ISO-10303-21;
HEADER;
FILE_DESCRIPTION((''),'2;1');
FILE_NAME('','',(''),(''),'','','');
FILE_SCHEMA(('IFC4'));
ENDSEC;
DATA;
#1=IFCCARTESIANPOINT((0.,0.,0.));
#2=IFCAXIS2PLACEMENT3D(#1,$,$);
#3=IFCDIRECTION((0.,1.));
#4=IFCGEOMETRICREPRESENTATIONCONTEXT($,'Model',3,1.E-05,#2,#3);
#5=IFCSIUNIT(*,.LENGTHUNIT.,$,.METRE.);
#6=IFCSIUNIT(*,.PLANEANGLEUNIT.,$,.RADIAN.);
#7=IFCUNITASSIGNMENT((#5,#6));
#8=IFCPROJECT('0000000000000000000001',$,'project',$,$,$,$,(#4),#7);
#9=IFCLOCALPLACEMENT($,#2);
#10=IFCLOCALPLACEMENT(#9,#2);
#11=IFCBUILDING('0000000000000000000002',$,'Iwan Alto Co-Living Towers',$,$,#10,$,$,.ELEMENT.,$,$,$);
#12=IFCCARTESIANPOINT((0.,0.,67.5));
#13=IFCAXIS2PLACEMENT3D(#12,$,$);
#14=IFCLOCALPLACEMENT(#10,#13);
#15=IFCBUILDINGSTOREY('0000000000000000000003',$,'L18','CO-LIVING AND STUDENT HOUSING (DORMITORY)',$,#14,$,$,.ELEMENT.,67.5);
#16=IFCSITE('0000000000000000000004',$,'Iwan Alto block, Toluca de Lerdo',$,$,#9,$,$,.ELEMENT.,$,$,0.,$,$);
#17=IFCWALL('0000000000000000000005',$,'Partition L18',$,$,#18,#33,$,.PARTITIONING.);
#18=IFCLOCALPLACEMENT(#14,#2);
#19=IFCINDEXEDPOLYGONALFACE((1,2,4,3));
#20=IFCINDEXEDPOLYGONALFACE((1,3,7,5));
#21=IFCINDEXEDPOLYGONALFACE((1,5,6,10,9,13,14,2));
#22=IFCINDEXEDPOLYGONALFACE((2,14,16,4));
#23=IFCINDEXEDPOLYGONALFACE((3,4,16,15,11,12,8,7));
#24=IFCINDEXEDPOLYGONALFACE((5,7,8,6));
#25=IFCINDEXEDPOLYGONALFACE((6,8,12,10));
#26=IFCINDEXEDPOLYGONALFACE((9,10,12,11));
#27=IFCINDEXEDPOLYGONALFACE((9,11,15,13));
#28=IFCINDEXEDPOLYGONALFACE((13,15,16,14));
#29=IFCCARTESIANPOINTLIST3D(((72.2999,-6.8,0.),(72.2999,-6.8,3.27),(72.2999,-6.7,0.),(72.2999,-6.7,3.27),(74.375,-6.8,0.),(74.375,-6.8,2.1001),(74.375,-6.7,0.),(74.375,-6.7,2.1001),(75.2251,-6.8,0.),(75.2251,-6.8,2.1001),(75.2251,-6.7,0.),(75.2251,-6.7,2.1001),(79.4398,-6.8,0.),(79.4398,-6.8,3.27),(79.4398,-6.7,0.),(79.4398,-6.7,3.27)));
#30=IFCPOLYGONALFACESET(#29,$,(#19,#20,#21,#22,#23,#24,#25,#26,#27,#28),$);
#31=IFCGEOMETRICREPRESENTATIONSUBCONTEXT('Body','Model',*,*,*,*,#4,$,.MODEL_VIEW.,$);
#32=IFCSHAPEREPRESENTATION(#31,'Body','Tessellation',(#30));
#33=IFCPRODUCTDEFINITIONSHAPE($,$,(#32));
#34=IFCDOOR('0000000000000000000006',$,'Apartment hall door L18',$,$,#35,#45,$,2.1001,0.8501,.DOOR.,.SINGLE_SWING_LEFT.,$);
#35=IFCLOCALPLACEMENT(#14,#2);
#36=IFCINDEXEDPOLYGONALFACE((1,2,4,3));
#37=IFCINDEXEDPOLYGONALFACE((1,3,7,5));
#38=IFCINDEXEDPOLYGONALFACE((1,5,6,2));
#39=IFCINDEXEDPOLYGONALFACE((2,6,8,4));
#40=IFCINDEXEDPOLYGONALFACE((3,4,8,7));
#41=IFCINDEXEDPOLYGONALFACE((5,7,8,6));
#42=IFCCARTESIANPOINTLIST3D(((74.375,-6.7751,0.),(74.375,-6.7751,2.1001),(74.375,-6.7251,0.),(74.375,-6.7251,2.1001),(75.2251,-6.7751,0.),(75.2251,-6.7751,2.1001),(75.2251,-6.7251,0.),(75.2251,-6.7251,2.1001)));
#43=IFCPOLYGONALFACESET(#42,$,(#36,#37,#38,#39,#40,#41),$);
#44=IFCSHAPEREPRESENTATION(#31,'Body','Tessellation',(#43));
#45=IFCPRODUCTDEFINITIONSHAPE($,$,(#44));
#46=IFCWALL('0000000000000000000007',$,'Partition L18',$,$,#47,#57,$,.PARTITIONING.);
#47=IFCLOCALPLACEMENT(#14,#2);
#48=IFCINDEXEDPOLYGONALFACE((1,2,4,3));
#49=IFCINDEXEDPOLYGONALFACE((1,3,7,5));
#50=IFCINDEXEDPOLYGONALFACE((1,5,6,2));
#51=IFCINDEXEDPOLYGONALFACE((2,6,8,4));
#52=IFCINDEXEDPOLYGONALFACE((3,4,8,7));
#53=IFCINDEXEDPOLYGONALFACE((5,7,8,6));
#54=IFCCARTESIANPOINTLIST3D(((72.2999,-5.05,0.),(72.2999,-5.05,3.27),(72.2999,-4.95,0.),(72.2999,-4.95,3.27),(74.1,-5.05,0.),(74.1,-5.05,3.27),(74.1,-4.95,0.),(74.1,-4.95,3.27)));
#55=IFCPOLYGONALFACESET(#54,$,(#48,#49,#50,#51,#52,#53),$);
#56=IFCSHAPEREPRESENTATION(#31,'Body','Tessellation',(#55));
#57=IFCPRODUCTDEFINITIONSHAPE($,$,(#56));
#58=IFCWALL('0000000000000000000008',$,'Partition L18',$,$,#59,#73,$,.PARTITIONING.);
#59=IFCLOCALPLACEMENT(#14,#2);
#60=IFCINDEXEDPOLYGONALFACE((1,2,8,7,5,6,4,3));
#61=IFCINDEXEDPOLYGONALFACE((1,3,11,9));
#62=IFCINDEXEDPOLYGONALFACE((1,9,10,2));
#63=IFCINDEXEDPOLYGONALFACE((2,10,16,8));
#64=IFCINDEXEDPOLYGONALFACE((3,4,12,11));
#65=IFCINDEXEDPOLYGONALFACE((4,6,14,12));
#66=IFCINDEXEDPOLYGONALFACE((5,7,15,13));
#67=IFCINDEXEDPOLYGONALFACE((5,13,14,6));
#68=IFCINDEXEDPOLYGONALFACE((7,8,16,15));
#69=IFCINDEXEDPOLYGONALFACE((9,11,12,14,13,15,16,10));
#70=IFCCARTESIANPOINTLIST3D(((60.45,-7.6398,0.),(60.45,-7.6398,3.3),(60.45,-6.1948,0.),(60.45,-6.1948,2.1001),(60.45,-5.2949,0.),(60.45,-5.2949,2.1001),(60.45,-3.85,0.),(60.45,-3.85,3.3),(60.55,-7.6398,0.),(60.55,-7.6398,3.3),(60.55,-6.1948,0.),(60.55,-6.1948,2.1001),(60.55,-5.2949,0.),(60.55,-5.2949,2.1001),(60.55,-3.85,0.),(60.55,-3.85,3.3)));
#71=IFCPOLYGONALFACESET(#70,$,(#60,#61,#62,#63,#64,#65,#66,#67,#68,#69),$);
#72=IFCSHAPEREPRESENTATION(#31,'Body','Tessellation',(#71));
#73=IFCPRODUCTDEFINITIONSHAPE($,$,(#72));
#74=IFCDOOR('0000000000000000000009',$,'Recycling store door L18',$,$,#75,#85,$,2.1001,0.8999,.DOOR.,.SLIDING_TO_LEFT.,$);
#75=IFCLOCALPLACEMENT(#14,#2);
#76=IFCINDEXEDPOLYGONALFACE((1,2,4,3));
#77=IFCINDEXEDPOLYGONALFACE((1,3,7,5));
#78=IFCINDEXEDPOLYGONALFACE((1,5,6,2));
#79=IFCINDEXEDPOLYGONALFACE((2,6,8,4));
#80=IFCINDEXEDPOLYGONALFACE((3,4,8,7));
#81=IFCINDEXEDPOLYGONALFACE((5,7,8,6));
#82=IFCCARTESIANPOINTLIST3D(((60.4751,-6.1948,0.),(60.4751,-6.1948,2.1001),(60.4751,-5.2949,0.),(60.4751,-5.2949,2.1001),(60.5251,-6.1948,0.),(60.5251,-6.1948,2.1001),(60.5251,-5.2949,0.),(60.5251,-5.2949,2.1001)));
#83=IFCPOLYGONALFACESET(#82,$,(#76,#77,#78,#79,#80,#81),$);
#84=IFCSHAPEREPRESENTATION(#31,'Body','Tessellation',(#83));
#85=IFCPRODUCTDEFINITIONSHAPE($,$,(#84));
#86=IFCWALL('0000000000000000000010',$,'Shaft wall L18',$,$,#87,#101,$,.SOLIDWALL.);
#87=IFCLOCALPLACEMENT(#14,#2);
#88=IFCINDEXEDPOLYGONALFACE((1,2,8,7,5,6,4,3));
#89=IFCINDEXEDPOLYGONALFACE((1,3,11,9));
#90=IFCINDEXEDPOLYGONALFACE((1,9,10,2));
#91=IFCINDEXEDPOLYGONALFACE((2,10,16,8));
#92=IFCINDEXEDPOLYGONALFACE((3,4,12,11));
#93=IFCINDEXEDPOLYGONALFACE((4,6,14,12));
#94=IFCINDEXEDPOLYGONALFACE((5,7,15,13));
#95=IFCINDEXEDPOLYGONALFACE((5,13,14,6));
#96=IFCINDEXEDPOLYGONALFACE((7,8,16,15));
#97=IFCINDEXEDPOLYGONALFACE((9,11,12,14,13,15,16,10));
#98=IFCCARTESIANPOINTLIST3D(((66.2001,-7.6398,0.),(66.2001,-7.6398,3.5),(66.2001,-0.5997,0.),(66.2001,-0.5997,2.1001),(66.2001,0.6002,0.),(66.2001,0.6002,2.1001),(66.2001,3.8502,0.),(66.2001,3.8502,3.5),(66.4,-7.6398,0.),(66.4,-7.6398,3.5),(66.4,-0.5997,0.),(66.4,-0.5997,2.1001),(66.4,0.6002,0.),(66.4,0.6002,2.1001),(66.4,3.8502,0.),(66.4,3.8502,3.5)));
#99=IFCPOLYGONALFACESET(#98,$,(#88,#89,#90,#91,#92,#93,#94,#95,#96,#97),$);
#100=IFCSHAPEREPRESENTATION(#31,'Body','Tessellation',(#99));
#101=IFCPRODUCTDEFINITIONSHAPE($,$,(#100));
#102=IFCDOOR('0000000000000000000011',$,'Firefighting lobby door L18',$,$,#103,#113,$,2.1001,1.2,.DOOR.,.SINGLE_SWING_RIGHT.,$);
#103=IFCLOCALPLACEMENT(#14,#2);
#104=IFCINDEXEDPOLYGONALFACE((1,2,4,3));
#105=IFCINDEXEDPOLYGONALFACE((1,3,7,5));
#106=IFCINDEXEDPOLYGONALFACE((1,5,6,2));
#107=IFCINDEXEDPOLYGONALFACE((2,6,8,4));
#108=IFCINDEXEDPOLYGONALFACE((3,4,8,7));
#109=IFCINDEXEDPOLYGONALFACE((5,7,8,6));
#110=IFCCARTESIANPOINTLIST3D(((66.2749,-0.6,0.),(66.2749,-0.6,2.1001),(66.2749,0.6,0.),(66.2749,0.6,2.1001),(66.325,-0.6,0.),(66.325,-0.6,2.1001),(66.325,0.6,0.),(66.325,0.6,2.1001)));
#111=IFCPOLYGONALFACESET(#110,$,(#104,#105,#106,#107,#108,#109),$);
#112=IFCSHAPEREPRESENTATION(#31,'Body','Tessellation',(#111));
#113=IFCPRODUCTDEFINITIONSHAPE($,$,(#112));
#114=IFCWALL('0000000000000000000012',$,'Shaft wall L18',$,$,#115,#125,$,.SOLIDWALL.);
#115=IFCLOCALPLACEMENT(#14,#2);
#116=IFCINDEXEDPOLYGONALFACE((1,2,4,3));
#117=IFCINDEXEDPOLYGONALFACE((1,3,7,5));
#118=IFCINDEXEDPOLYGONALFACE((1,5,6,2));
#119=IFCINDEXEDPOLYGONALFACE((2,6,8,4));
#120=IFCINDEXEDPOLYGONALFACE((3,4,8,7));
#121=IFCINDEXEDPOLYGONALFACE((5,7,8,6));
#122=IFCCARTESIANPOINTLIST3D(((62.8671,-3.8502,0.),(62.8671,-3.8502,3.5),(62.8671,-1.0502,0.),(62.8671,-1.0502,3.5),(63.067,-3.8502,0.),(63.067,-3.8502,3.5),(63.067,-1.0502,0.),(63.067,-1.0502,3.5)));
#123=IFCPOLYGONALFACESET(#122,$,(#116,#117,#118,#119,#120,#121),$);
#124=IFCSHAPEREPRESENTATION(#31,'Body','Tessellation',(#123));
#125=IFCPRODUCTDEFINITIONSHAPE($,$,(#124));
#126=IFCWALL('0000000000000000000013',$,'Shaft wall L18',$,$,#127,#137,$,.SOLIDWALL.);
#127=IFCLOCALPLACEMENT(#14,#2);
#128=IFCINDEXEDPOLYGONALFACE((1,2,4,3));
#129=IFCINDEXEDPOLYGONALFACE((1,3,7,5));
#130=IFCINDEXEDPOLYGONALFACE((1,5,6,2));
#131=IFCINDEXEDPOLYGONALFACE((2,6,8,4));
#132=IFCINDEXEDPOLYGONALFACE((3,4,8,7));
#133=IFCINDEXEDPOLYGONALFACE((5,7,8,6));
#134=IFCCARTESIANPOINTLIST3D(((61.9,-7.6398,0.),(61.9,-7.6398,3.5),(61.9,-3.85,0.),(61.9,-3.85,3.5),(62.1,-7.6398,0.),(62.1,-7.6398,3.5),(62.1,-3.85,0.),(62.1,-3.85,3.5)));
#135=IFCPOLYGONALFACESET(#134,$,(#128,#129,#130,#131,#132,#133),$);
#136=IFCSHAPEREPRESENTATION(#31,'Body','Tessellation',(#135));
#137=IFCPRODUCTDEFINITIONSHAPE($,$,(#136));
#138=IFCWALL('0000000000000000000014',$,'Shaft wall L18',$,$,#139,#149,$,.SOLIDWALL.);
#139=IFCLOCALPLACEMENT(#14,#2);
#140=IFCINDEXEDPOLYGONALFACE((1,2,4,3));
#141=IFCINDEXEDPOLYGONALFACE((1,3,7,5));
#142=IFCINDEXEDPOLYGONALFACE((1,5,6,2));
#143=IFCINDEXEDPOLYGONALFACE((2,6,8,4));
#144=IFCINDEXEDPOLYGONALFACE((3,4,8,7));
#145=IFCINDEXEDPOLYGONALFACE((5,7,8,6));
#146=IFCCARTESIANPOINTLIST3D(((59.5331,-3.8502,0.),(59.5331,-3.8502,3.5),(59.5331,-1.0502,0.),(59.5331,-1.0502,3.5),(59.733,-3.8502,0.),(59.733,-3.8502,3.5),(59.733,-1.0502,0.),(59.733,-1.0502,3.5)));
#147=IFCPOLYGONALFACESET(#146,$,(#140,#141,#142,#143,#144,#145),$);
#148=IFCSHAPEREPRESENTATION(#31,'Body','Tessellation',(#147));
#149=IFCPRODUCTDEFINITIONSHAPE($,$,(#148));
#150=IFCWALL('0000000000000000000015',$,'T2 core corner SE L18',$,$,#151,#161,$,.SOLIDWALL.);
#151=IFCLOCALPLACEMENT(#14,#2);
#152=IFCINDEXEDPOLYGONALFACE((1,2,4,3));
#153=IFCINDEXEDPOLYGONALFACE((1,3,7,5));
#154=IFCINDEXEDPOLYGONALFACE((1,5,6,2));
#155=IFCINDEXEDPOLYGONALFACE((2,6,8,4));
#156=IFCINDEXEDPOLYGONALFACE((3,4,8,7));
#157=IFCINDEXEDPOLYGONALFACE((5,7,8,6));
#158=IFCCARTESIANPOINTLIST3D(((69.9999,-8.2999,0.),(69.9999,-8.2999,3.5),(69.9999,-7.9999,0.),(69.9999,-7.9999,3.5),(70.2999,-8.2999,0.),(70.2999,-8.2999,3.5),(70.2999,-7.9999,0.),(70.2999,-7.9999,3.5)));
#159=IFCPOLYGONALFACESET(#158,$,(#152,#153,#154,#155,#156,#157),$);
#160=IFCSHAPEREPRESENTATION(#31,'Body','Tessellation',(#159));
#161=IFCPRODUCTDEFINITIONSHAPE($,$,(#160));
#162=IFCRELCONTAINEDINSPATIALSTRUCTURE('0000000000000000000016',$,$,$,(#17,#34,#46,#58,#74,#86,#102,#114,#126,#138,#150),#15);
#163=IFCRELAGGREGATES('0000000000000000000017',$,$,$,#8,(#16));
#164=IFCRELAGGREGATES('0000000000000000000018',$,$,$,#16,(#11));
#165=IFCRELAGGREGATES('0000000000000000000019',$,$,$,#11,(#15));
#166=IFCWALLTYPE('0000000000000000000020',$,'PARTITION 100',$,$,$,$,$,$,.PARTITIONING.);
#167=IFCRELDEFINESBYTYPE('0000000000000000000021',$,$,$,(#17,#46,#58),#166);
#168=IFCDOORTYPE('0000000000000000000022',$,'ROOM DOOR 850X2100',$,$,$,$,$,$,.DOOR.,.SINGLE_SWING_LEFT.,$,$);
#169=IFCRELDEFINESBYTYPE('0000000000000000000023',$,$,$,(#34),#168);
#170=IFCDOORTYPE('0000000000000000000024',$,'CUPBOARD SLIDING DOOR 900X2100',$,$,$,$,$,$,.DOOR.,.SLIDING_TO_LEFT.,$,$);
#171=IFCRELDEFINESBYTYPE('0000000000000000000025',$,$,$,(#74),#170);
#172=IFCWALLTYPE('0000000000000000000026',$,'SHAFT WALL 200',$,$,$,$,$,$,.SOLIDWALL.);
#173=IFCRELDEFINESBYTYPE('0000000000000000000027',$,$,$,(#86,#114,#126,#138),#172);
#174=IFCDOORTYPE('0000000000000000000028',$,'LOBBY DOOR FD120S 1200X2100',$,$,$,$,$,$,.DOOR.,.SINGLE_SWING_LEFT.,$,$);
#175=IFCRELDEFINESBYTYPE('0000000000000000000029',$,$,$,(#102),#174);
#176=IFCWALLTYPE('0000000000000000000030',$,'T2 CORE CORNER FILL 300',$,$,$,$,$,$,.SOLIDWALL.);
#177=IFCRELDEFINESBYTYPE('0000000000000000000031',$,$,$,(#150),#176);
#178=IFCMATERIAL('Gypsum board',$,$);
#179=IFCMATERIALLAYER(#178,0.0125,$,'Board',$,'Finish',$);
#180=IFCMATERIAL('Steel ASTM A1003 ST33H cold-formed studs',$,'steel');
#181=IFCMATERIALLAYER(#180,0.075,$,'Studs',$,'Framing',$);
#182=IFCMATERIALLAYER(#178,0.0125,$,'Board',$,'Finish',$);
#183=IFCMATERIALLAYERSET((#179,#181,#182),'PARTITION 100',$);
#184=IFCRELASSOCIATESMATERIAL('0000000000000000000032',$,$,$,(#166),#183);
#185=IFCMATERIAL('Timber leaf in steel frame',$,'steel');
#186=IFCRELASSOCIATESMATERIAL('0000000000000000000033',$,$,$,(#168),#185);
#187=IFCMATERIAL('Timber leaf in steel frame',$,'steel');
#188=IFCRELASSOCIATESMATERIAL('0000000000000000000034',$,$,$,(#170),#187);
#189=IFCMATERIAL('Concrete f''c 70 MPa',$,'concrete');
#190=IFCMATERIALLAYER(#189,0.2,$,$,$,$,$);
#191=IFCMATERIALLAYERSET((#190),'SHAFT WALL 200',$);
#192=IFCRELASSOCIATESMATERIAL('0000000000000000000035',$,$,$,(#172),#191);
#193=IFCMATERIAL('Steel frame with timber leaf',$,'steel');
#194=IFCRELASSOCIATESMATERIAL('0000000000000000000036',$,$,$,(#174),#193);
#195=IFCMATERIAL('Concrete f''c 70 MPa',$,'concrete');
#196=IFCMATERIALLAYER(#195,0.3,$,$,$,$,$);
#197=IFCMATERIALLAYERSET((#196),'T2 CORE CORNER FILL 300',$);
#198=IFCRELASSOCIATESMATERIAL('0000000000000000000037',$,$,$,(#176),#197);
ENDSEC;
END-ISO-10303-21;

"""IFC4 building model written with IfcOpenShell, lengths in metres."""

from ifc_helpers import new_model, si_unit, direction, frame, frame_2d, origin, place, context, subcontext, project, spatial, rectangle, extrude, material, layer, layer_set, type_object, element, fill, save


model = new_model("IFC4")

# Units and contexts
model_context = context("Model", 3, precision=1e-05, world=origin(), true_north=direction((0.0, 1.0)))
body_context = subcontext(model_context, "Body", "Model", "MODEL_VIEW")
ifc_project = project(units=[si_unit("LENGTHUNIT", "METRE"), si_unit("PLANEANGLEUNIT", "RADIAN")], contexts=[model_context])

# Site, building, storey
site_placement = place(None, origin())
site = spatial("IfcSite", under=ifc_project, at=site_placement, Name="Iwan Alto block, Toluca de Lerdo", CompositionType="ELEMENT", RefElevation=0.0)
building_placement = place(site_placement, origin())
building = spatial("IfcBuilding", under=site, at=building_placement, Name="Iwan Alto Co-Living Towers", CompositionType="ELEMENT")
storey_placement = place(building_placement, frame((0.0, 0.0, 67.5)))
storey = spatial("IfcBuildingStorey", under=building, at=storey_placement, Name="L18", Description="CO-LIVING AND STUDENT HOUSING (DORMITORY)", CompositionType="ELEMENT", Elevation=67.5)

# Wall, opening, door
ifc_material_1 = material(Name="Gypsum board")
ifc_layer_1 = layer(ifc_material_1, 0.0125, Name="Board", Category="Finish")
ifc_material_2 = material(Name="Steel ASTM A1003 ST33H cold-formed studs", Category="steel")
ifc_layer_2 = layer(ifc_material_2, 0.075, Name="Studs", Category="Framing")
ifc_layer_3 = layer(ifc_material_1, 0.0125, Name="Board", Category="Finish")
ifc_layer_set_1 = layer_set([ifc_layer_1, ifc_layer_2, ifc_layer_3], Name="PARTITION 100")
wall_type_1 = type_object("IfcWallType", Name="PARTITION 100", PredefinedType="PARTITIONING", material=ifc_layer_set_1)
wall_1_placement = place(storey_placement, frame((72.3, -6.75, 0.0), z_axis=(0.0, 0.0, 1.0), x_axis=(1.0, 0.0, 0.0)))
wall_1 = element("IfcWall", 1, at=wall_1_placement, inside=storey, type_object=wall_type_1, Name="Partition L18", PredefinedType="PARTITIONING", context=body_context, shape_type="SweptSolid", body=[
    extrude(rectangle(XDim=7.1399, YDim=0.1001, at=frame_2d((3.5698, 0.0))), origin(), (0.0, 0.0, 1.0), 3.27),
])
opening_1_placement = place(wall_1_placement, frame((2.075, 0.0, 0.0)))
opening_1 = element("IfcOpeningElement", 2, at=opening_1_placement, cuts=wall_1, PredefinedType="OPENING", context=body_context, shape_type="SweptSolid", body=[
    extrude(rectangle(XDim=0.8501, YDim=2.1001, at=frame_2d((0.425, 1.05))), frame((0.0, 0.0601, 0.0), z_axis=(0.0, -1.0, 0.0), x_axis=(1.0, 0.0, 0.0)), (0.0, 0.0, 1.0), 0.1201),
])
ifc_material_3 = material(Name="Timber leaf in steel frame", Category="steel")
door_type_1 = type_object("IfcDoorType", Name="ROOM DOOR 850X2100", OperationType="SINGLE_SWING_LEFT", PredefinedType="DOOR", material=ifc_material_3)
door_1_placement = place(opening_1_placement, origin())
door_1 = element("IfcDoor", 3, at=door_1_placement, inside=storey, type_object=door_type_1, Name="Apartment hall door L18", OperationType="SINGLE_SWING_LEFT", OverallHeight=2.1001, OverallWidth=0.8501, PredefinedType="DOOR", context=body_context, shape_type="SweptSolid", body=[
    extrude(rectangle(XDim=0.8501, YDim=2.1001, at=frame_2d((0.425, 1.05))), frame((0.0, 0.0249, 0.0), z_axis=(0.0, -1.0, 0.0), x_axis=(1.0, 0.0, 0.0)), (0.0, 0.0, 1.0), 0.05),
])
fill(opening_1, door_1)

# Wall
wall_2_placement = place(storey_placement, frame((72.3, -5.0, 0.0), z_axis=(0.0, 0.0, 1.0), x_axis=(1.0, 0.0, 0.0)))
element("IfcWall", 4, at=wall_2_placement, inside=storey, type_object=wall_type_1, Name="Partition L18", PredefinedType="PARTITIONING", context=body_context, shape_type="SweptSolid", body=[
    extrude(rectangle(XDim=1.8, YDim=0.1001, at=frame_2d((0.8999, 0.0))), origin(), (0.0, 0.0, 1.0), 3.27),
])

# Walls, openings, doors
wall_3_placement = place(storey_placement, frame((60.5, -7.6399, 0.0), z_axis=(0.0, 0.0, 1.0), x_axis=(0.0, 1.0, 0.0)))
wall_3 = element("IfcWall", 5, at=wall_3_placement, inside=storey, type_object=wall_type_1, Name="Partition L18", PredefinedType="PARTITIONING", context=body_context, shape_type="SweptSolid", body=[
    extrude(rectangle(XDim=3.7898, YDim=0.1001, at=frame_2d((1.895, 0.0))), origin(), (0.0, 0.0, 1.0), 3.3),
])
opening_2_placement = place(wall_3_placement, frame((1.4451, 0.0, 0.0)))
opening_2 = element("IfcOpeningElement", 6, at=opening_2_placement, cuts=wall_3, PredefinedType="OPENING", context=body_context, shape_type="SweptSolid", body=[
    extrude(rectangle(XDim=0.8999, YDim=2.1001, at=frame_2d((0.45, 1.05))), frame((0.0, 0.0601, 0.0), z_axis=(0.0, -1.0, 0.0), x_axis=(1.0, 0.0, 0.0)), (0.0, 0.0, 1.0), 0.1201),
])
ifc_material_4 = material(Name="Timber leaf in steel frame", Category="steel")
door_type_2 = type_object("IfcDoorType", Name="CUPBOARD SLIDING DOOR 900X2100", OperationType="SLIDING_TO_LEFT", PredefinedType="DOOR", material=ifc_material_4)
door_2_placement = place(opening_2_placement, origin())
door_2 = element("IfcDoor", 7, at=door_2_placement, inside=storey, type_object=door_type_2, Name="Recycling store door L18", OperationType="SLIDING_TO_LEFT", OverallHeight=2.1001, OverallWidth=0.8999, PredefinedType="DOOR", context=body_context, shape_type="SweptSolid", body=[
    extrude(rectangle(XDim=0.8999, YDim=2.1001, at=frame_2d((0.45, 1.05))), frame((0.0, 0.0249, 0.0), z_axis=(0.0, -1.0, 0.0), x_axis=(1.0, 0.0, 0.0)), (0.0, 0.0, 1.0), 0.05),
])
fill(opening_2, door_2)
ifc_material_5 = material(Name="Concrete f'c 70 MPa", Category="concrete")
ifc_layer_4 = layer(ifc_material_5, 0.2)
ifc_layer_set_2 = layer_set([ifc_layer_4], Name="SHAFT WALL 200")
wall_type_2 = type_object("IfcWallType", Name="SHAFT WALL 200", PredefinedType="SOLIDWALL", material=ifc_layer_set_2)
wall_4_placement = place(storey_placement, frame((66.3, -7.6399, 0.0), z_axis=(0.0, 0.0, 1.0), x_axis=(0.0, 1.0, 0.0)))
wall_4 = element("IfcWall", 8, at=wall_4_placement, inside=storey, type_object=wall_type_2, Name="Shaft wall L18", PredefinedType="SOLIDWALL", context=body_context, shape_type="SweptSolid", body=[
    extrude(rectangle(XDim=11.49, YDim=0.2, at=frame_2d((5.7451, 0.0))), origin(), (0.0, 0.0, 1.0), 3.5),
])
opening_3_placement = place(wall_4_placement, frame((7.04, 0.0, 0.0)))
opening_3 = element("IfcOpeningElement", 9, at=opening_3_placement, cuts=wall_4, PredefinedType="OPENING", context=body_context, shape_type="SweptSolid", body=[
    extrude(rectangle(XDim=1.2, YDim=2.1001, at=frame_2d((0.6001, 1.05))), frame((0.0, 0.1099, 0.0), z_axis=(0.0, -1.0, 0.0), x_axis=(1.0, 0.0, 0.0)), (0.0, 0.0, 1.0), 0.22),
])
ifc_material_6 = material(Name="Steel frame with timber leaf", Category="steel")
door_type_3 = type_object("IfcDoorType", Name="LOBBY DOOR FD120S 1200X2100", OperationType="SINGLE_SWING_LEFT", PredefinedType="DOOR", material=ifc_material_6)
door_3_placement = place(opening_3_placement, frame((1.2, 0.0, 0.0), z_axis=(0.0, 0.0, 1.0), x_axis=(-1.0, 0.0, 0.0)))
door_3 = element("IfcDoor", 10, at=door_3_placement, inside=storey, type_object=door_type_3, Name="Firefighting lobby door L18", OperationType="SINGLE_SWING_RIGHT", OverallHeight=2.1001, OverallWidth=1.2, PredefinedType="DOOR", context=body_context, shape_type="SweptSolid", body=[
    extrude(rectangle(XDim=1.2, YDim=2.1001, at=frame_2d((0.6001, 1.05))), frame((0.0, 0.0249, 0.0), z_axis=(0.0, -1.0, 0.0), x_axis=(1.0, 0.0, 0.0)), (0.0, 0.0, 1.0), 0.05),
])
fill(opening_3, door_3)

# Walls
wall_5_placement = place(storey_placement, frame((62.967, -3.8501, 0.0), z_axis=(0.0, 0.0, 1.0), x_axis=(0.0, 1.0, 0.0)))
element("IfcWall", 11, at=wall_5_placement, inside=storey, type_object=wall_type_2, Name="Shaft wall L18", PredefinedType="SOLIDWALL", context=body_context, shape_type="SweptSolid", body=[
    extrude(rectangle(XDim=2.8, YDim=0.2, at=frame_2d((1.3999, 0.0))), origin(), (0.0, 0.0, 1.0), 3.5),
])
wall_6_placement = place(storey_placement, frame((62.0, -7.6399, 0.0), z_axis=(0.0, 0.0, 1.0), x_axis=(0.0, 1.0, 0.0)))
element("IfcWall", 12, at=wall_6_placement, inside=storey, type_object=wall_type_2, Name="Shaft wall L18", PredefinedType="SOLIDWALL", context=body_context, shape_type="SweptSolid", body=[
    extrude(rectangle(XDim=3.7898, YDim=0.2, at=frame_2d((1.895, 0.0))), origin(), (0.0, 0.0, 1.0), 3.5),
])
wall_7_placement = place(storey_placement, frame((59.6331, -3.8501, 0.0), z_axis=(0.0, 0.0, 1.0), x_axis=(0.0, 1.0, 0.0)))
element("IfcWall", 13, at=wall_7_placement, inside=storey, type_object=wall_type_2, Name="Shaft wall L18", PredefinedType="SOLIDWALL", context=body_context, shape_type="SweptSolid", body=[
    extrude(rectangle(XDim=2.8, YDim=0.2, at=frame_2d((1.3999, 0.0))), origin(), (0.0, 0.0, 1.0), 3.5),
])
ifc_material_7 = material(Name="Concrete f'c 70 MPa", Category="concrete")
ifc_layer_5 = layer(ifc_material_7, 0.3)
ifc_layer_set_3 = layer_set([ifc_layer_5], Name="T2 CORE CORNER FILL 300")
wall_type_3 = type_object("IfcWallType", Name="T2 CORE CORNER FILL 300", PredefinedType="SOLIDWALL", material=ifc_layer_set_3)
wall_8_placement = place(storey_placement, frame((70.0, -8.1499, 0.0), z_axis=(0.0, 0.0, 1.0), x_axis=(1.0, 0.0, 0.0)))
element("IfcWall", 14, at=wall_8_placement, inside=storey, type_object=wall_type_3, Name="T2 core corner SE L18", PredefinedType="SOLIDWALL", context=body_context, shape_type="SweptSolid", body=[
    extrude(rectangle(XDim=0.3, YDim=0.3, at=frame_2d((0.1499, 0.0))), origin(), (0.0, 0.0, 1.0), 3.5),
])

save(model, "model.ifc")
